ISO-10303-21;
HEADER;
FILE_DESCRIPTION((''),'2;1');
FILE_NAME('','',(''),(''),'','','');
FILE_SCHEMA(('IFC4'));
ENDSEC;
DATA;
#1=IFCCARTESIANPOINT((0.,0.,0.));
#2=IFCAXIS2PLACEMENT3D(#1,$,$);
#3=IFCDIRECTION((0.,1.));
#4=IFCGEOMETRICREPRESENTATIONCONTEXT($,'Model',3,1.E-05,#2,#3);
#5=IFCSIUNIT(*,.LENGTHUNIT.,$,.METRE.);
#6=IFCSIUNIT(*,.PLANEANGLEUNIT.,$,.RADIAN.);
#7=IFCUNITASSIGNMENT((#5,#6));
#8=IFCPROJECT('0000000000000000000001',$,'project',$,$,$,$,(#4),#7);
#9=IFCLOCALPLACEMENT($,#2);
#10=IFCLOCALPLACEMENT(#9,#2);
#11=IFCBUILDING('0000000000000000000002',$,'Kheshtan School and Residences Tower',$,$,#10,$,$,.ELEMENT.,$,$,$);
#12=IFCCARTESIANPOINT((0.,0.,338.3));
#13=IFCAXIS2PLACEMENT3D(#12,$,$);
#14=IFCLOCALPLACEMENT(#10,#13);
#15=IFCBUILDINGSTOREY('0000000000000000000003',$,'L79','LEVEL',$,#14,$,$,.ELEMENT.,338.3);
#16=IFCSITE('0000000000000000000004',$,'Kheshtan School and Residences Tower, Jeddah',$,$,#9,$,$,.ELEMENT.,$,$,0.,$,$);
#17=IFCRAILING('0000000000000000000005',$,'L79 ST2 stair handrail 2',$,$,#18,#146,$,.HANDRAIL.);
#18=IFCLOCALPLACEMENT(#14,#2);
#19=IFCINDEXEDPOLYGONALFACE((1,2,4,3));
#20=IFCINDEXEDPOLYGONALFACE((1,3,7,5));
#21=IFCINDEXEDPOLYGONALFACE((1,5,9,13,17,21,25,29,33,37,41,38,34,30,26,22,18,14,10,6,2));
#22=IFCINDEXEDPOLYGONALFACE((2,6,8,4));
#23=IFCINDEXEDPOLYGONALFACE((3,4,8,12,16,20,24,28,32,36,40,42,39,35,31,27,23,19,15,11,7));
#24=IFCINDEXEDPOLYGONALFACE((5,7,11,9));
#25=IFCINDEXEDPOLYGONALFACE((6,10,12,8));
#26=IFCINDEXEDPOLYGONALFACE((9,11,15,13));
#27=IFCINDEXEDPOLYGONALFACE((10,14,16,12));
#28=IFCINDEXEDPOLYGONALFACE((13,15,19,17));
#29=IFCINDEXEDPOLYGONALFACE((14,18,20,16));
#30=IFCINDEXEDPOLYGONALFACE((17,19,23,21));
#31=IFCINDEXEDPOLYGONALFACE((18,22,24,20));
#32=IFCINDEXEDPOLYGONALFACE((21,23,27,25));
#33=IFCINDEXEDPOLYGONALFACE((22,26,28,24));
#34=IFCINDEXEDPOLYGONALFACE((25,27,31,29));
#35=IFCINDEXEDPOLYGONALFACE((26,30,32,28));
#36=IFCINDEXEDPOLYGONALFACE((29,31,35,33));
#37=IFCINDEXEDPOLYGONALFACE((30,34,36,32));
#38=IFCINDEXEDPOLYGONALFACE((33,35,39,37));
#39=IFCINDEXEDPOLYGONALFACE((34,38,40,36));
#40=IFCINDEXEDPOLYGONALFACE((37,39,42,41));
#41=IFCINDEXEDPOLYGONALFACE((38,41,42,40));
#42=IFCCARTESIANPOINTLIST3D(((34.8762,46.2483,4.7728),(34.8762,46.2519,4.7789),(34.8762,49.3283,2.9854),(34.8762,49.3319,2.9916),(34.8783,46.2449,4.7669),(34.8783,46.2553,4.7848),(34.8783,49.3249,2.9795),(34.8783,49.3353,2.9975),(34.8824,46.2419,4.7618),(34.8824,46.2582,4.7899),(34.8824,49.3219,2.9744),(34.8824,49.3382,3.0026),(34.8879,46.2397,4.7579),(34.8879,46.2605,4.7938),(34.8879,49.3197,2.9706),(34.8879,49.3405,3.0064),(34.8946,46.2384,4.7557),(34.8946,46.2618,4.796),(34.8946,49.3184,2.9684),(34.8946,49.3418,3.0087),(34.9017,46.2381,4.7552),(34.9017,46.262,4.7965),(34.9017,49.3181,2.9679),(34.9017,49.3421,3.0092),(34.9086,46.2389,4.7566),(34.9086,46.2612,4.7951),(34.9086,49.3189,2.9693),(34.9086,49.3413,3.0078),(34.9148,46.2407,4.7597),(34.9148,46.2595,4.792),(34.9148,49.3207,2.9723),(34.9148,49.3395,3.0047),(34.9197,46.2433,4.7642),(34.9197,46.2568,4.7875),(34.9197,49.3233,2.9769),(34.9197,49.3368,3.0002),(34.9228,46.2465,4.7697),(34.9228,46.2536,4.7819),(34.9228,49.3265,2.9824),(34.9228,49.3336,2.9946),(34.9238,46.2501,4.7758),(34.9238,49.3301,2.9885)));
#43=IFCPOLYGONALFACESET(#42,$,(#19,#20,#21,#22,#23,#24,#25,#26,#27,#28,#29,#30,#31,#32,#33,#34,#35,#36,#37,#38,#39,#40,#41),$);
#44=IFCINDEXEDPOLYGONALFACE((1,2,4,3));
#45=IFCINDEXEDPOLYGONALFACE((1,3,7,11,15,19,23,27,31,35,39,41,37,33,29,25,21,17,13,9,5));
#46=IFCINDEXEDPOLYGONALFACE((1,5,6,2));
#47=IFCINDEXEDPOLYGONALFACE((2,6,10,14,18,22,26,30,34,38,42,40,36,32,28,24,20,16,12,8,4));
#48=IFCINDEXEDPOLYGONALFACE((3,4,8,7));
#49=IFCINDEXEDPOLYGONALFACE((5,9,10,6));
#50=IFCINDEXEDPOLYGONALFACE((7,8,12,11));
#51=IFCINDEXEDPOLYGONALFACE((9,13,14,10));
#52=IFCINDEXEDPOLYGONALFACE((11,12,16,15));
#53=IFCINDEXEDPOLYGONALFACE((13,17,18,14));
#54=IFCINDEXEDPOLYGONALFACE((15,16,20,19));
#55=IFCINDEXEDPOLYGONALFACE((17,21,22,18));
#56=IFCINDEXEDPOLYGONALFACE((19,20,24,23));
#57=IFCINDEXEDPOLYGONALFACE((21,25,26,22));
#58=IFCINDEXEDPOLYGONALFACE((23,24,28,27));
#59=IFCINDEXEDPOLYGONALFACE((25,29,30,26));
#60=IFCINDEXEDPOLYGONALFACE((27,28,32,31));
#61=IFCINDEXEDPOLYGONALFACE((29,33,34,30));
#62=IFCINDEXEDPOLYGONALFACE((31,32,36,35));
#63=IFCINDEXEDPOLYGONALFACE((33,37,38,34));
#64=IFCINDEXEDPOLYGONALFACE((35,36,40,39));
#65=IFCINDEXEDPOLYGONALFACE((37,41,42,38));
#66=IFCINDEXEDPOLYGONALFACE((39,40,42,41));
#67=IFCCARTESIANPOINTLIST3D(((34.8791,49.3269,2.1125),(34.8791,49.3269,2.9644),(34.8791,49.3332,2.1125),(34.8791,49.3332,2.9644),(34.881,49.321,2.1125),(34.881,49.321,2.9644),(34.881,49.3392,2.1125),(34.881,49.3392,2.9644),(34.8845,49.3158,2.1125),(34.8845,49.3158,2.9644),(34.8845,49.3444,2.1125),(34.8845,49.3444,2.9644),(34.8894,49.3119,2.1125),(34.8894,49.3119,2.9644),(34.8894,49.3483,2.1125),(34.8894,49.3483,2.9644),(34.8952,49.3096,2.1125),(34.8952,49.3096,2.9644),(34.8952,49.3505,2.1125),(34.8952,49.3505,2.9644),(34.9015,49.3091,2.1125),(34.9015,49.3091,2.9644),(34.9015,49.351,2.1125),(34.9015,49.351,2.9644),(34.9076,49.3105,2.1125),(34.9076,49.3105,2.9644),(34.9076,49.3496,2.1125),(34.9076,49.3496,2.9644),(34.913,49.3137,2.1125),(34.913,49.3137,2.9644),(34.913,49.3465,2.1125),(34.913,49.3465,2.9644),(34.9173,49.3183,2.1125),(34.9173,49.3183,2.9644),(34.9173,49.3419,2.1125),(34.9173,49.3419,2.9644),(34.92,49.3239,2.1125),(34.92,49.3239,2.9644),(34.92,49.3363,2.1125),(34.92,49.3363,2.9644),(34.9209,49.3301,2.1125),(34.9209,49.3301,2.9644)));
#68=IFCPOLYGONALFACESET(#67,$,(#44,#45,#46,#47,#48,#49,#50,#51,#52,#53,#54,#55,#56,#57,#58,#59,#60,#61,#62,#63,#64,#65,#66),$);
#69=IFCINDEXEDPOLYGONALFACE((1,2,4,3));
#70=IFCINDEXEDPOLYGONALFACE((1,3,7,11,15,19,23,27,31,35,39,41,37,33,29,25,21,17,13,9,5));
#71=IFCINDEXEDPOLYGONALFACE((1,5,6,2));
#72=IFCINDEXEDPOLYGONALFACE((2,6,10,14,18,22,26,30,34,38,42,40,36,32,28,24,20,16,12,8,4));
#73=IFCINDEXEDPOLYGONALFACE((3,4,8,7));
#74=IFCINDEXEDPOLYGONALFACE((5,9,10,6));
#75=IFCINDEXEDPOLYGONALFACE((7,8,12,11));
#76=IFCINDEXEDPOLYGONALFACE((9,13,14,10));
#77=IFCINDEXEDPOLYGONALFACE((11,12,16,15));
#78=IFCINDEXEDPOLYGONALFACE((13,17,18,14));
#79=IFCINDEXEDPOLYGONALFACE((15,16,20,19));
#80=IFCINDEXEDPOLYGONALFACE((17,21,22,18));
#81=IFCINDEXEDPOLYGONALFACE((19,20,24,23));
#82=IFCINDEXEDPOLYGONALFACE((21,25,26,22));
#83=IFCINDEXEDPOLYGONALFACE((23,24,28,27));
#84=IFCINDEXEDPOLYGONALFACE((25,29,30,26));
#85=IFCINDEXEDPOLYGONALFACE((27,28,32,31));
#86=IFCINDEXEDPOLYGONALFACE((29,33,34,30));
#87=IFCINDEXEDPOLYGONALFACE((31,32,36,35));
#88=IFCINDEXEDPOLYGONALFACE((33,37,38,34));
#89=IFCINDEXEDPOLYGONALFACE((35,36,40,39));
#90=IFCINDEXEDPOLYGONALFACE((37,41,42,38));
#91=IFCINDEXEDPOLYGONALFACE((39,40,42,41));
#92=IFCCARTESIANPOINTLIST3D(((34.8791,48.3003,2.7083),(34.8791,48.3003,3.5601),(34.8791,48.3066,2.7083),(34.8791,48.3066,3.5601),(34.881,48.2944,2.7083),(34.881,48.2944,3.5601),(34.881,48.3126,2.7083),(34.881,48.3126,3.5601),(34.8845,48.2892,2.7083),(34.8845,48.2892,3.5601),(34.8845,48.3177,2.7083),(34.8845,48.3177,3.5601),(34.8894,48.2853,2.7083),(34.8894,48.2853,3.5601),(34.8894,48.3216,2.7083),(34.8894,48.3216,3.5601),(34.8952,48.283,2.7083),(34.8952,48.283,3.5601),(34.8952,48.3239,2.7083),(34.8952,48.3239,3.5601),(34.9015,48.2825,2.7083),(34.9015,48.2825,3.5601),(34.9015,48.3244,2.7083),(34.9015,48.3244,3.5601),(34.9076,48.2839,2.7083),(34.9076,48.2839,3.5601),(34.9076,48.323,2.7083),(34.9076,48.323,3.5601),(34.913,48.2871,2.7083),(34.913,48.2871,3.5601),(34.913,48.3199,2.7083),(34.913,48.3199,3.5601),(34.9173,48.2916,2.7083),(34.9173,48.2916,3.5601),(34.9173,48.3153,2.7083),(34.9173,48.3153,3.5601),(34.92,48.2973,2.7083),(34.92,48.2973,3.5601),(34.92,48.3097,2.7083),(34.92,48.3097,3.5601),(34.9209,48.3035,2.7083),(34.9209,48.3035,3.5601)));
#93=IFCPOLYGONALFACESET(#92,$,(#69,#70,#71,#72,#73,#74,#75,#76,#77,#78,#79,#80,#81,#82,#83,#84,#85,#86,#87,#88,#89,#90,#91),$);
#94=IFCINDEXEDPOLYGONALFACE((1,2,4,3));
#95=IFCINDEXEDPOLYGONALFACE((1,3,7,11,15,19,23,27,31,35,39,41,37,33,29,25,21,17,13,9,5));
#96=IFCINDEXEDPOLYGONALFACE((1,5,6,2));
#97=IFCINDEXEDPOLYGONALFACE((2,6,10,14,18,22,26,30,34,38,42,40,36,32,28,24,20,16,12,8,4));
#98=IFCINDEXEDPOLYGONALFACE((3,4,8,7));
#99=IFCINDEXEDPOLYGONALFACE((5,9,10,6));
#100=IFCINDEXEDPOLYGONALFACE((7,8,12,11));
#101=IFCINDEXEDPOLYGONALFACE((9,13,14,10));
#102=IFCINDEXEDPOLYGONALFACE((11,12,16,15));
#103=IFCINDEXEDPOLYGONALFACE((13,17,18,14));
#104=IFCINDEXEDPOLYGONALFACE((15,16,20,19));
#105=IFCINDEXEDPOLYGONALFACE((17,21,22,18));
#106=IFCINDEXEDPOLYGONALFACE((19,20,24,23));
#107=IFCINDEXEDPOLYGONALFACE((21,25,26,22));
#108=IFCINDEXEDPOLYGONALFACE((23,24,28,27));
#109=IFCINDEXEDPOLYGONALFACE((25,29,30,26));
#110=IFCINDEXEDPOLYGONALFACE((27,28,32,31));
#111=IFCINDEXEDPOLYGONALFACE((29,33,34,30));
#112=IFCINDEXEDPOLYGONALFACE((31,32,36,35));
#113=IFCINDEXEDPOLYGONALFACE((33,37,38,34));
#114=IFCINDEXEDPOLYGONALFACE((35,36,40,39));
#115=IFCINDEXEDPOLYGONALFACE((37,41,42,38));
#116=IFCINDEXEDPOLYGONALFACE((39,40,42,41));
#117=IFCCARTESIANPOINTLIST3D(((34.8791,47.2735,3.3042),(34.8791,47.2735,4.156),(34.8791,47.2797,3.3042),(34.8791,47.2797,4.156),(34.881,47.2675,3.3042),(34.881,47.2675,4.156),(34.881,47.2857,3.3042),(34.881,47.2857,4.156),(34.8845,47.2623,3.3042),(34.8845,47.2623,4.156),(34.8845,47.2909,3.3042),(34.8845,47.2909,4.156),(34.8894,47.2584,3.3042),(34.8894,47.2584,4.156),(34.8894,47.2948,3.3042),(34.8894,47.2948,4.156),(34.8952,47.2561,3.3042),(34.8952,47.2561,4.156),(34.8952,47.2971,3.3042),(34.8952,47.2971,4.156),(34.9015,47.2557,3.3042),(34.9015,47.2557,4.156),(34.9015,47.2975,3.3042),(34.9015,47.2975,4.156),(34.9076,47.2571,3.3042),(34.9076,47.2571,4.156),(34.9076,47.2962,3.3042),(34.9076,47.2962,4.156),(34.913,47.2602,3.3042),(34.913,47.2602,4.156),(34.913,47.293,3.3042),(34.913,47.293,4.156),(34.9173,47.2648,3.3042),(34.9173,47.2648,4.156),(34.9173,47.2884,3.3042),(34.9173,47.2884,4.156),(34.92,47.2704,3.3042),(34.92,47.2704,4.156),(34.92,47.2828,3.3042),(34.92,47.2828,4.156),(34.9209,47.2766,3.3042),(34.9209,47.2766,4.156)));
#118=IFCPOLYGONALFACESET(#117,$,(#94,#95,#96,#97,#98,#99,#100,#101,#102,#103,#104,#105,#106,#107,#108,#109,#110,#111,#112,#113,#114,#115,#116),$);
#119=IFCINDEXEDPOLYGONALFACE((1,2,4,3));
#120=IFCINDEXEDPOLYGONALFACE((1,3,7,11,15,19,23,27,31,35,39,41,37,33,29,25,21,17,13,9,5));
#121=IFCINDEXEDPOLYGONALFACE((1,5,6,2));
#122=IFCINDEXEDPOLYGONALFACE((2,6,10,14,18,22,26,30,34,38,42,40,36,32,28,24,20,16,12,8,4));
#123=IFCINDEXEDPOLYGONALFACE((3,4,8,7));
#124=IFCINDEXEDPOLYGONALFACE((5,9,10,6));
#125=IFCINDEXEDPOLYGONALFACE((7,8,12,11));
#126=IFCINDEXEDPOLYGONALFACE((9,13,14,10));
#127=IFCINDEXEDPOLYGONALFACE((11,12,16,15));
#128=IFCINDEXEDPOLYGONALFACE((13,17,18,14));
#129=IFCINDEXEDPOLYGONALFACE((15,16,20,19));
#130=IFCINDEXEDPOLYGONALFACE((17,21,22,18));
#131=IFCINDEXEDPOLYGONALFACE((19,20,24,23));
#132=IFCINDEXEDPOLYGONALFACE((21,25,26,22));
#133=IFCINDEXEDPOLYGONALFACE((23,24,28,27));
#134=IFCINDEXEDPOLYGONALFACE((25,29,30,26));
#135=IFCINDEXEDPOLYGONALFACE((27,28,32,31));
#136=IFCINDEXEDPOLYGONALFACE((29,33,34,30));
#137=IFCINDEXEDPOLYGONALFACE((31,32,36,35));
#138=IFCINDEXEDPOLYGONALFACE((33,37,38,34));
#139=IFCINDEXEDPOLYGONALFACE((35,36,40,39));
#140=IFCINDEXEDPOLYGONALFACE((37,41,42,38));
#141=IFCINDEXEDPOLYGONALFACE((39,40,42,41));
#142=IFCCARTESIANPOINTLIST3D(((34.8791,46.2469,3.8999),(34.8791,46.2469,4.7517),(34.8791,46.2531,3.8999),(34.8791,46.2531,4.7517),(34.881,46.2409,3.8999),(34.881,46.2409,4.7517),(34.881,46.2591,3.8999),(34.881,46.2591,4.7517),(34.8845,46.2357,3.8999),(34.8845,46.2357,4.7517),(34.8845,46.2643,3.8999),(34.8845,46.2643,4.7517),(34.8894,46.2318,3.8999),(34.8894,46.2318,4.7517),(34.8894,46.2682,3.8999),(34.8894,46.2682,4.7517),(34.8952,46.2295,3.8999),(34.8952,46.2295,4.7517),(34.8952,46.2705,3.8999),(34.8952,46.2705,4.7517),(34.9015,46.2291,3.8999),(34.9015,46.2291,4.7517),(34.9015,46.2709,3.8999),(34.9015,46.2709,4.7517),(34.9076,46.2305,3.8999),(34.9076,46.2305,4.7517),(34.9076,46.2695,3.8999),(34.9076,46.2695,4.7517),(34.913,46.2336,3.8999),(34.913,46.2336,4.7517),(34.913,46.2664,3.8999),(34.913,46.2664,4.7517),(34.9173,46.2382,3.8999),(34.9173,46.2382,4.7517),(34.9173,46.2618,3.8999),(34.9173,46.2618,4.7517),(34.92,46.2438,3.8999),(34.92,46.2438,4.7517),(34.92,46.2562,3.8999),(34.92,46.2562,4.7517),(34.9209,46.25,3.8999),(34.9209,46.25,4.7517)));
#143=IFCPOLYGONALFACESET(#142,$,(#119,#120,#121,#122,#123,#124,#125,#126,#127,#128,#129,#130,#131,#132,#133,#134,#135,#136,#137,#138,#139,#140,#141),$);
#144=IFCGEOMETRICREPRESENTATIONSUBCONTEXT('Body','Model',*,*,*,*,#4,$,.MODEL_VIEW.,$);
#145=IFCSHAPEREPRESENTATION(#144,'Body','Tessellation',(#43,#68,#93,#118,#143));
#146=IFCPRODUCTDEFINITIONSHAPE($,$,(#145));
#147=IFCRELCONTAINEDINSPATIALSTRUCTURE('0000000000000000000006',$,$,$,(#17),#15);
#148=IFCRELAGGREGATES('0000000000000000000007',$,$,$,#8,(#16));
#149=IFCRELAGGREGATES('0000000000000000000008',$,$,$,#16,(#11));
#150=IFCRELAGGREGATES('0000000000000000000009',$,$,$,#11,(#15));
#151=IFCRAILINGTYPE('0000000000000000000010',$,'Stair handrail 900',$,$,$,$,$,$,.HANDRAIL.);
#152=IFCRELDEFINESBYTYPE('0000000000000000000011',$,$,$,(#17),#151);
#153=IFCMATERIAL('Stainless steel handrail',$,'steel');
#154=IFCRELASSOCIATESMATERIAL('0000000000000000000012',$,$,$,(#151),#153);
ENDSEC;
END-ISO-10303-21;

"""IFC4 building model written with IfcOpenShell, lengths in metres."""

from ifc_helpers import new_model, si_unit, direction, frame, origin, origin_2d, place, context, subcontext, project, spatial, circle, extrude, material, type_object, element, save


model = new_model("IFC4")

# Units and contexts
model_context = context("Model", 3, precision=1e-05, world=origin(), true_north=direction((0.0, 1.0)))
body_context = subcontext(model_context, "Body", "Model", "MODEL_VIEW")
ifc_project = project(units=[si_unit("LENGTHUNIT", "METRE"), si_unit("PLANEANGLEUNIT", "RADIAN")], contexts=[model_context])

# Site, building, storey
site_placement = place(None, origin())
site = spatial("IfcSite", under=ifc_project, at=site_placement, Name="Kheshtan School and Residences Tower, Jeddah", CompositionType="ELEMENT", RefElevation=0.0)
building_placement = place(site_placement, origin())
building = spatial("IfcBuilding", under=site, at=building_placement, Name="Kheshtan School and Residences Tower", CompositionType="ELEMENT")
storey_placement = place(building_placement, frame((0.0, 0.0, 338.3)))
storey = spatial("IfcBuildingStorey", under=building, at=storey_placement, Name="L79", Description="LEVEL", CompositionType="ELEMENT", Elevation=338.3)

# Railing
ifc_material_1 = material(Name="Stainless steel handrail", Category="steel")
railing_type_1 = type_object("IfcRailingType", Name="Stair handrail 900", PredefinedType="HANDRAIL", material=ifc_material_1)
railing_1_placement = place(storey_placement, frame((34.8999, 49.3301, 2.1125)))
element("IfcRailing", 1, at=railing_1_placement, inside=storey, type_object=railing_type_1, Name="L79 ST2 stair handrail 2", PredefinedType="HANDRAIL", context=body_context, shape_type="SweptSolid", body=[
    extrude(circle(Radius=0.0239, at=origin_2d()), frame((0.0, 0.0, 0.876), z_axis=(0.0, -0.86492, 0.501909), x_axis=(1.0, 0.0, 0.0)), (0.0, 0.0, 1.0), 3.561),
    extrude(circle(Radius=0.021, at=origin_2d()), origin(), (0.0, 0.0, 1.0), 0.8518),
    extrude(circle(Radius=0.021, at=origin_2d()), frame((0.0, -1.0266, 0.5957)), (0.0, 0.0, 1.0), 0.8518),
    extrude(circle(Radius=0.021, at=origin_2d()), frame((0.0, -2.0535, 1.1917)), (0.0, 0.0, 1.0), 0.8518),
    extrude(circle(Radius=0.021, at=origin_2d()), frame((0.0, -3.0801, 1.7874)), (0.0, 0.0, 1.0), 0.8518),
])

save(model, "model.ifc")
